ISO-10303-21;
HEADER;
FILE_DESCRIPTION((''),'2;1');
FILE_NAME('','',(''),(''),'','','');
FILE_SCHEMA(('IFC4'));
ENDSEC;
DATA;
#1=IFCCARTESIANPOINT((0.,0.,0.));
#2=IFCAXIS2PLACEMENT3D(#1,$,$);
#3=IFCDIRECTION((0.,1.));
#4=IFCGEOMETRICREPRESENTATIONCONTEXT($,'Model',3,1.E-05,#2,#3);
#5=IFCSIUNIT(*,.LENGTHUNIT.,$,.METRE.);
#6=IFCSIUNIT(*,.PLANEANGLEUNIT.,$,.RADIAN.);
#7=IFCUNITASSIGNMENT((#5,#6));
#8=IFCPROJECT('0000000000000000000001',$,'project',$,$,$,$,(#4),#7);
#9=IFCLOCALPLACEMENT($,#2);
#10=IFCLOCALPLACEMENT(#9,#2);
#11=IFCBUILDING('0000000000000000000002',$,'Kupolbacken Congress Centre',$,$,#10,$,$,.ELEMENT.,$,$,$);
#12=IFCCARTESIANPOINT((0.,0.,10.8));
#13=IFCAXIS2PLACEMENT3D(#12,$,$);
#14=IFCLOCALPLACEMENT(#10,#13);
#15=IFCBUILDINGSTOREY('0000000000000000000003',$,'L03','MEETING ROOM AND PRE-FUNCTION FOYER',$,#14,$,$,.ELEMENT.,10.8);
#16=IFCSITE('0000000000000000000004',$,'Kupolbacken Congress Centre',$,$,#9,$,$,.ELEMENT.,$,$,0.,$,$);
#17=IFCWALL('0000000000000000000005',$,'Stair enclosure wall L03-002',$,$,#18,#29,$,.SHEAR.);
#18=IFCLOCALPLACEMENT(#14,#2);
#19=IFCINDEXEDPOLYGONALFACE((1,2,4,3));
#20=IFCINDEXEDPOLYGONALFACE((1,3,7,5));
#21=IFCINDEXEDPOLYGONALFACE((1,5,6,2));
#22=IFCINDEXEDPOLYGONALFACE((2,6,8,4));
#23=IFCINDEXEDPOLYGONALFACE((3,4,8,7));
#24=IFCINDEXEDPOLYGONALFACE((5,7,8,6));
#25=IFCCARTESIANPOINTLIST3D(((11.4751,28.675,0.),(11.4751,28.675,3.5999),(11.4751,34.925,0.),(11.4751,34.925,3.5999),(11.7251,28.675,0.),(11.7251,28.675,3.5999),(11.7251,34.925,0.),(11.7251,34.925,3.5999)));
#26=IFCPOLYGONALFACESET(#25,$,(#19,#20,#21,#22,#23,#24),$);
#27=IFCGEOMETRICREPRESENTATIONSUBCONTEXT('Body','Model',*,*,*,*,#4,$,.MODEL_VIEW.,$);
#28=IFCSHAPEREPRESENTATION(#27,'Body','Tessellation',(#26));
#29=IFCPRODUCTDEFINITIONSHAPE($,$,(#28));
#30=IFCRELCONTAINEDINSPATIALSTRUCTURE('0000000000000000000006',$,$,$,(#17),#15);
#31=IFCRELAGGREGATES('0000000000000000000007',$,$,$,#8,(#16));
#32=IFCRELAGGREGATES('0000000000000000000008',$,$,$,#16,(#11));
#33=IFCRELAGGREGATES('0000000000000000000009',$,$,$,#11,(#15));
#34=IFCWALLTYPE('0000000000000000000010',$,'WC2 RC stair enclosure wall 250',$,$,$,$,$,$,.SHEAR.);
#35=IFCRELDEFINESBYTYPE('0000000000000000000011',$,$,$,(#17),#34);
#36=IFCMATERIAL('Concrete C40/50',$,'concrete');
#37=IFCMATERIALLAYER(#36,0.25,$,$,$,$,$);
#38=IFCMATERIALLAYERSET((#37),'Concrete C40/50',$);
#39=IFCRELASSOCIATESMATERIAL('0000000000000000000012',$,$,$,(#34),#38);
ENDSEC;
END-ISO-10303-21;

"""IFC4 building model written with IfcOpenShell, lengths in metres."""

from ifc_helpers import new_model, si_unit, direction, frame, frame_2d, origin, place, context, subcontext, project, spatial, rectangle, extrude, material, layer, layer_set, type_object, element, save


model = new_model("IFC4")

# Units and contexts
model_context = context("Model", 3, precision=1e-05, world=origin(), true_north=direction((0.0, 1.0)))
body_context = subcontext(model_context, "Body", "Model", "MODEL_VIEW")
ifc_project = project(units=[si_unit("LENGTHUNIT", "METRE"), si_unit("PLANEANGLEUNIT", "RADIAN")], contexts=[model_context])

# Site, building, storey
site_placement = place(None, origin())
site = spatial("IfcSite", under=ifc_project, at=site_placement, Name="Kupolbacken Congress Centre", CompositionType="ELEMENT", RefElevation=0.0)
building_placement = place(site_placement, origin())
building = spatial("IfcBuilding", under=site, at=building_placement, Name="Kupolbacken Congress Centre", CompositionType="ELEMENT")
storey_placement = place(building_placement, frame((0.0, 0.0, 10.8)))
storey = spatial("IfcBuildingStorey", under=building, at=storey_placement, Name="L03", Description="MEETING ROOM AND PRE-FUNCTION FOYER", CompositionType="ELEMENT", Elevation=10.8)

# Shared definitions
ifc_material_1 = material(Name="Concrete C40/50", Category="concrete")
ifc_layer_1 = layer(ifc_material_1, 0.25)
ifc_layer_set_1 = layer_set([ifc_layer_1], Name="Concrete C40/50")
wall_type_1 = type_object("IfcWallType", Name="WC2 RC stair enclosure wall 250", PredefinedType="SHEAR", material=ifc_layer_set_1)

# Wall
wall_1_placement = place(storey_placement, frame((11.6001, 28.675, 0.0), z_axis=(0.0, 0.0, 1.0), x_axis=(0.0, 1.0, 0.0)))
element("IfcWall", 1, at=wall_1_placement, inside=storey, type_object=wall_type_1, Name="Stair enclosure wall L03-002", PredefinedType="SHEAR", context=body_context, shape_type="SweptSolid", body=[
    extrude(rectangle(XDim=6.25, YDim=0.25, at=frame_2d((3.125, 0.0))), origin(), (0.0, 0.0, 1.0), 3.5999),
])

save(model, "model.ifc")
